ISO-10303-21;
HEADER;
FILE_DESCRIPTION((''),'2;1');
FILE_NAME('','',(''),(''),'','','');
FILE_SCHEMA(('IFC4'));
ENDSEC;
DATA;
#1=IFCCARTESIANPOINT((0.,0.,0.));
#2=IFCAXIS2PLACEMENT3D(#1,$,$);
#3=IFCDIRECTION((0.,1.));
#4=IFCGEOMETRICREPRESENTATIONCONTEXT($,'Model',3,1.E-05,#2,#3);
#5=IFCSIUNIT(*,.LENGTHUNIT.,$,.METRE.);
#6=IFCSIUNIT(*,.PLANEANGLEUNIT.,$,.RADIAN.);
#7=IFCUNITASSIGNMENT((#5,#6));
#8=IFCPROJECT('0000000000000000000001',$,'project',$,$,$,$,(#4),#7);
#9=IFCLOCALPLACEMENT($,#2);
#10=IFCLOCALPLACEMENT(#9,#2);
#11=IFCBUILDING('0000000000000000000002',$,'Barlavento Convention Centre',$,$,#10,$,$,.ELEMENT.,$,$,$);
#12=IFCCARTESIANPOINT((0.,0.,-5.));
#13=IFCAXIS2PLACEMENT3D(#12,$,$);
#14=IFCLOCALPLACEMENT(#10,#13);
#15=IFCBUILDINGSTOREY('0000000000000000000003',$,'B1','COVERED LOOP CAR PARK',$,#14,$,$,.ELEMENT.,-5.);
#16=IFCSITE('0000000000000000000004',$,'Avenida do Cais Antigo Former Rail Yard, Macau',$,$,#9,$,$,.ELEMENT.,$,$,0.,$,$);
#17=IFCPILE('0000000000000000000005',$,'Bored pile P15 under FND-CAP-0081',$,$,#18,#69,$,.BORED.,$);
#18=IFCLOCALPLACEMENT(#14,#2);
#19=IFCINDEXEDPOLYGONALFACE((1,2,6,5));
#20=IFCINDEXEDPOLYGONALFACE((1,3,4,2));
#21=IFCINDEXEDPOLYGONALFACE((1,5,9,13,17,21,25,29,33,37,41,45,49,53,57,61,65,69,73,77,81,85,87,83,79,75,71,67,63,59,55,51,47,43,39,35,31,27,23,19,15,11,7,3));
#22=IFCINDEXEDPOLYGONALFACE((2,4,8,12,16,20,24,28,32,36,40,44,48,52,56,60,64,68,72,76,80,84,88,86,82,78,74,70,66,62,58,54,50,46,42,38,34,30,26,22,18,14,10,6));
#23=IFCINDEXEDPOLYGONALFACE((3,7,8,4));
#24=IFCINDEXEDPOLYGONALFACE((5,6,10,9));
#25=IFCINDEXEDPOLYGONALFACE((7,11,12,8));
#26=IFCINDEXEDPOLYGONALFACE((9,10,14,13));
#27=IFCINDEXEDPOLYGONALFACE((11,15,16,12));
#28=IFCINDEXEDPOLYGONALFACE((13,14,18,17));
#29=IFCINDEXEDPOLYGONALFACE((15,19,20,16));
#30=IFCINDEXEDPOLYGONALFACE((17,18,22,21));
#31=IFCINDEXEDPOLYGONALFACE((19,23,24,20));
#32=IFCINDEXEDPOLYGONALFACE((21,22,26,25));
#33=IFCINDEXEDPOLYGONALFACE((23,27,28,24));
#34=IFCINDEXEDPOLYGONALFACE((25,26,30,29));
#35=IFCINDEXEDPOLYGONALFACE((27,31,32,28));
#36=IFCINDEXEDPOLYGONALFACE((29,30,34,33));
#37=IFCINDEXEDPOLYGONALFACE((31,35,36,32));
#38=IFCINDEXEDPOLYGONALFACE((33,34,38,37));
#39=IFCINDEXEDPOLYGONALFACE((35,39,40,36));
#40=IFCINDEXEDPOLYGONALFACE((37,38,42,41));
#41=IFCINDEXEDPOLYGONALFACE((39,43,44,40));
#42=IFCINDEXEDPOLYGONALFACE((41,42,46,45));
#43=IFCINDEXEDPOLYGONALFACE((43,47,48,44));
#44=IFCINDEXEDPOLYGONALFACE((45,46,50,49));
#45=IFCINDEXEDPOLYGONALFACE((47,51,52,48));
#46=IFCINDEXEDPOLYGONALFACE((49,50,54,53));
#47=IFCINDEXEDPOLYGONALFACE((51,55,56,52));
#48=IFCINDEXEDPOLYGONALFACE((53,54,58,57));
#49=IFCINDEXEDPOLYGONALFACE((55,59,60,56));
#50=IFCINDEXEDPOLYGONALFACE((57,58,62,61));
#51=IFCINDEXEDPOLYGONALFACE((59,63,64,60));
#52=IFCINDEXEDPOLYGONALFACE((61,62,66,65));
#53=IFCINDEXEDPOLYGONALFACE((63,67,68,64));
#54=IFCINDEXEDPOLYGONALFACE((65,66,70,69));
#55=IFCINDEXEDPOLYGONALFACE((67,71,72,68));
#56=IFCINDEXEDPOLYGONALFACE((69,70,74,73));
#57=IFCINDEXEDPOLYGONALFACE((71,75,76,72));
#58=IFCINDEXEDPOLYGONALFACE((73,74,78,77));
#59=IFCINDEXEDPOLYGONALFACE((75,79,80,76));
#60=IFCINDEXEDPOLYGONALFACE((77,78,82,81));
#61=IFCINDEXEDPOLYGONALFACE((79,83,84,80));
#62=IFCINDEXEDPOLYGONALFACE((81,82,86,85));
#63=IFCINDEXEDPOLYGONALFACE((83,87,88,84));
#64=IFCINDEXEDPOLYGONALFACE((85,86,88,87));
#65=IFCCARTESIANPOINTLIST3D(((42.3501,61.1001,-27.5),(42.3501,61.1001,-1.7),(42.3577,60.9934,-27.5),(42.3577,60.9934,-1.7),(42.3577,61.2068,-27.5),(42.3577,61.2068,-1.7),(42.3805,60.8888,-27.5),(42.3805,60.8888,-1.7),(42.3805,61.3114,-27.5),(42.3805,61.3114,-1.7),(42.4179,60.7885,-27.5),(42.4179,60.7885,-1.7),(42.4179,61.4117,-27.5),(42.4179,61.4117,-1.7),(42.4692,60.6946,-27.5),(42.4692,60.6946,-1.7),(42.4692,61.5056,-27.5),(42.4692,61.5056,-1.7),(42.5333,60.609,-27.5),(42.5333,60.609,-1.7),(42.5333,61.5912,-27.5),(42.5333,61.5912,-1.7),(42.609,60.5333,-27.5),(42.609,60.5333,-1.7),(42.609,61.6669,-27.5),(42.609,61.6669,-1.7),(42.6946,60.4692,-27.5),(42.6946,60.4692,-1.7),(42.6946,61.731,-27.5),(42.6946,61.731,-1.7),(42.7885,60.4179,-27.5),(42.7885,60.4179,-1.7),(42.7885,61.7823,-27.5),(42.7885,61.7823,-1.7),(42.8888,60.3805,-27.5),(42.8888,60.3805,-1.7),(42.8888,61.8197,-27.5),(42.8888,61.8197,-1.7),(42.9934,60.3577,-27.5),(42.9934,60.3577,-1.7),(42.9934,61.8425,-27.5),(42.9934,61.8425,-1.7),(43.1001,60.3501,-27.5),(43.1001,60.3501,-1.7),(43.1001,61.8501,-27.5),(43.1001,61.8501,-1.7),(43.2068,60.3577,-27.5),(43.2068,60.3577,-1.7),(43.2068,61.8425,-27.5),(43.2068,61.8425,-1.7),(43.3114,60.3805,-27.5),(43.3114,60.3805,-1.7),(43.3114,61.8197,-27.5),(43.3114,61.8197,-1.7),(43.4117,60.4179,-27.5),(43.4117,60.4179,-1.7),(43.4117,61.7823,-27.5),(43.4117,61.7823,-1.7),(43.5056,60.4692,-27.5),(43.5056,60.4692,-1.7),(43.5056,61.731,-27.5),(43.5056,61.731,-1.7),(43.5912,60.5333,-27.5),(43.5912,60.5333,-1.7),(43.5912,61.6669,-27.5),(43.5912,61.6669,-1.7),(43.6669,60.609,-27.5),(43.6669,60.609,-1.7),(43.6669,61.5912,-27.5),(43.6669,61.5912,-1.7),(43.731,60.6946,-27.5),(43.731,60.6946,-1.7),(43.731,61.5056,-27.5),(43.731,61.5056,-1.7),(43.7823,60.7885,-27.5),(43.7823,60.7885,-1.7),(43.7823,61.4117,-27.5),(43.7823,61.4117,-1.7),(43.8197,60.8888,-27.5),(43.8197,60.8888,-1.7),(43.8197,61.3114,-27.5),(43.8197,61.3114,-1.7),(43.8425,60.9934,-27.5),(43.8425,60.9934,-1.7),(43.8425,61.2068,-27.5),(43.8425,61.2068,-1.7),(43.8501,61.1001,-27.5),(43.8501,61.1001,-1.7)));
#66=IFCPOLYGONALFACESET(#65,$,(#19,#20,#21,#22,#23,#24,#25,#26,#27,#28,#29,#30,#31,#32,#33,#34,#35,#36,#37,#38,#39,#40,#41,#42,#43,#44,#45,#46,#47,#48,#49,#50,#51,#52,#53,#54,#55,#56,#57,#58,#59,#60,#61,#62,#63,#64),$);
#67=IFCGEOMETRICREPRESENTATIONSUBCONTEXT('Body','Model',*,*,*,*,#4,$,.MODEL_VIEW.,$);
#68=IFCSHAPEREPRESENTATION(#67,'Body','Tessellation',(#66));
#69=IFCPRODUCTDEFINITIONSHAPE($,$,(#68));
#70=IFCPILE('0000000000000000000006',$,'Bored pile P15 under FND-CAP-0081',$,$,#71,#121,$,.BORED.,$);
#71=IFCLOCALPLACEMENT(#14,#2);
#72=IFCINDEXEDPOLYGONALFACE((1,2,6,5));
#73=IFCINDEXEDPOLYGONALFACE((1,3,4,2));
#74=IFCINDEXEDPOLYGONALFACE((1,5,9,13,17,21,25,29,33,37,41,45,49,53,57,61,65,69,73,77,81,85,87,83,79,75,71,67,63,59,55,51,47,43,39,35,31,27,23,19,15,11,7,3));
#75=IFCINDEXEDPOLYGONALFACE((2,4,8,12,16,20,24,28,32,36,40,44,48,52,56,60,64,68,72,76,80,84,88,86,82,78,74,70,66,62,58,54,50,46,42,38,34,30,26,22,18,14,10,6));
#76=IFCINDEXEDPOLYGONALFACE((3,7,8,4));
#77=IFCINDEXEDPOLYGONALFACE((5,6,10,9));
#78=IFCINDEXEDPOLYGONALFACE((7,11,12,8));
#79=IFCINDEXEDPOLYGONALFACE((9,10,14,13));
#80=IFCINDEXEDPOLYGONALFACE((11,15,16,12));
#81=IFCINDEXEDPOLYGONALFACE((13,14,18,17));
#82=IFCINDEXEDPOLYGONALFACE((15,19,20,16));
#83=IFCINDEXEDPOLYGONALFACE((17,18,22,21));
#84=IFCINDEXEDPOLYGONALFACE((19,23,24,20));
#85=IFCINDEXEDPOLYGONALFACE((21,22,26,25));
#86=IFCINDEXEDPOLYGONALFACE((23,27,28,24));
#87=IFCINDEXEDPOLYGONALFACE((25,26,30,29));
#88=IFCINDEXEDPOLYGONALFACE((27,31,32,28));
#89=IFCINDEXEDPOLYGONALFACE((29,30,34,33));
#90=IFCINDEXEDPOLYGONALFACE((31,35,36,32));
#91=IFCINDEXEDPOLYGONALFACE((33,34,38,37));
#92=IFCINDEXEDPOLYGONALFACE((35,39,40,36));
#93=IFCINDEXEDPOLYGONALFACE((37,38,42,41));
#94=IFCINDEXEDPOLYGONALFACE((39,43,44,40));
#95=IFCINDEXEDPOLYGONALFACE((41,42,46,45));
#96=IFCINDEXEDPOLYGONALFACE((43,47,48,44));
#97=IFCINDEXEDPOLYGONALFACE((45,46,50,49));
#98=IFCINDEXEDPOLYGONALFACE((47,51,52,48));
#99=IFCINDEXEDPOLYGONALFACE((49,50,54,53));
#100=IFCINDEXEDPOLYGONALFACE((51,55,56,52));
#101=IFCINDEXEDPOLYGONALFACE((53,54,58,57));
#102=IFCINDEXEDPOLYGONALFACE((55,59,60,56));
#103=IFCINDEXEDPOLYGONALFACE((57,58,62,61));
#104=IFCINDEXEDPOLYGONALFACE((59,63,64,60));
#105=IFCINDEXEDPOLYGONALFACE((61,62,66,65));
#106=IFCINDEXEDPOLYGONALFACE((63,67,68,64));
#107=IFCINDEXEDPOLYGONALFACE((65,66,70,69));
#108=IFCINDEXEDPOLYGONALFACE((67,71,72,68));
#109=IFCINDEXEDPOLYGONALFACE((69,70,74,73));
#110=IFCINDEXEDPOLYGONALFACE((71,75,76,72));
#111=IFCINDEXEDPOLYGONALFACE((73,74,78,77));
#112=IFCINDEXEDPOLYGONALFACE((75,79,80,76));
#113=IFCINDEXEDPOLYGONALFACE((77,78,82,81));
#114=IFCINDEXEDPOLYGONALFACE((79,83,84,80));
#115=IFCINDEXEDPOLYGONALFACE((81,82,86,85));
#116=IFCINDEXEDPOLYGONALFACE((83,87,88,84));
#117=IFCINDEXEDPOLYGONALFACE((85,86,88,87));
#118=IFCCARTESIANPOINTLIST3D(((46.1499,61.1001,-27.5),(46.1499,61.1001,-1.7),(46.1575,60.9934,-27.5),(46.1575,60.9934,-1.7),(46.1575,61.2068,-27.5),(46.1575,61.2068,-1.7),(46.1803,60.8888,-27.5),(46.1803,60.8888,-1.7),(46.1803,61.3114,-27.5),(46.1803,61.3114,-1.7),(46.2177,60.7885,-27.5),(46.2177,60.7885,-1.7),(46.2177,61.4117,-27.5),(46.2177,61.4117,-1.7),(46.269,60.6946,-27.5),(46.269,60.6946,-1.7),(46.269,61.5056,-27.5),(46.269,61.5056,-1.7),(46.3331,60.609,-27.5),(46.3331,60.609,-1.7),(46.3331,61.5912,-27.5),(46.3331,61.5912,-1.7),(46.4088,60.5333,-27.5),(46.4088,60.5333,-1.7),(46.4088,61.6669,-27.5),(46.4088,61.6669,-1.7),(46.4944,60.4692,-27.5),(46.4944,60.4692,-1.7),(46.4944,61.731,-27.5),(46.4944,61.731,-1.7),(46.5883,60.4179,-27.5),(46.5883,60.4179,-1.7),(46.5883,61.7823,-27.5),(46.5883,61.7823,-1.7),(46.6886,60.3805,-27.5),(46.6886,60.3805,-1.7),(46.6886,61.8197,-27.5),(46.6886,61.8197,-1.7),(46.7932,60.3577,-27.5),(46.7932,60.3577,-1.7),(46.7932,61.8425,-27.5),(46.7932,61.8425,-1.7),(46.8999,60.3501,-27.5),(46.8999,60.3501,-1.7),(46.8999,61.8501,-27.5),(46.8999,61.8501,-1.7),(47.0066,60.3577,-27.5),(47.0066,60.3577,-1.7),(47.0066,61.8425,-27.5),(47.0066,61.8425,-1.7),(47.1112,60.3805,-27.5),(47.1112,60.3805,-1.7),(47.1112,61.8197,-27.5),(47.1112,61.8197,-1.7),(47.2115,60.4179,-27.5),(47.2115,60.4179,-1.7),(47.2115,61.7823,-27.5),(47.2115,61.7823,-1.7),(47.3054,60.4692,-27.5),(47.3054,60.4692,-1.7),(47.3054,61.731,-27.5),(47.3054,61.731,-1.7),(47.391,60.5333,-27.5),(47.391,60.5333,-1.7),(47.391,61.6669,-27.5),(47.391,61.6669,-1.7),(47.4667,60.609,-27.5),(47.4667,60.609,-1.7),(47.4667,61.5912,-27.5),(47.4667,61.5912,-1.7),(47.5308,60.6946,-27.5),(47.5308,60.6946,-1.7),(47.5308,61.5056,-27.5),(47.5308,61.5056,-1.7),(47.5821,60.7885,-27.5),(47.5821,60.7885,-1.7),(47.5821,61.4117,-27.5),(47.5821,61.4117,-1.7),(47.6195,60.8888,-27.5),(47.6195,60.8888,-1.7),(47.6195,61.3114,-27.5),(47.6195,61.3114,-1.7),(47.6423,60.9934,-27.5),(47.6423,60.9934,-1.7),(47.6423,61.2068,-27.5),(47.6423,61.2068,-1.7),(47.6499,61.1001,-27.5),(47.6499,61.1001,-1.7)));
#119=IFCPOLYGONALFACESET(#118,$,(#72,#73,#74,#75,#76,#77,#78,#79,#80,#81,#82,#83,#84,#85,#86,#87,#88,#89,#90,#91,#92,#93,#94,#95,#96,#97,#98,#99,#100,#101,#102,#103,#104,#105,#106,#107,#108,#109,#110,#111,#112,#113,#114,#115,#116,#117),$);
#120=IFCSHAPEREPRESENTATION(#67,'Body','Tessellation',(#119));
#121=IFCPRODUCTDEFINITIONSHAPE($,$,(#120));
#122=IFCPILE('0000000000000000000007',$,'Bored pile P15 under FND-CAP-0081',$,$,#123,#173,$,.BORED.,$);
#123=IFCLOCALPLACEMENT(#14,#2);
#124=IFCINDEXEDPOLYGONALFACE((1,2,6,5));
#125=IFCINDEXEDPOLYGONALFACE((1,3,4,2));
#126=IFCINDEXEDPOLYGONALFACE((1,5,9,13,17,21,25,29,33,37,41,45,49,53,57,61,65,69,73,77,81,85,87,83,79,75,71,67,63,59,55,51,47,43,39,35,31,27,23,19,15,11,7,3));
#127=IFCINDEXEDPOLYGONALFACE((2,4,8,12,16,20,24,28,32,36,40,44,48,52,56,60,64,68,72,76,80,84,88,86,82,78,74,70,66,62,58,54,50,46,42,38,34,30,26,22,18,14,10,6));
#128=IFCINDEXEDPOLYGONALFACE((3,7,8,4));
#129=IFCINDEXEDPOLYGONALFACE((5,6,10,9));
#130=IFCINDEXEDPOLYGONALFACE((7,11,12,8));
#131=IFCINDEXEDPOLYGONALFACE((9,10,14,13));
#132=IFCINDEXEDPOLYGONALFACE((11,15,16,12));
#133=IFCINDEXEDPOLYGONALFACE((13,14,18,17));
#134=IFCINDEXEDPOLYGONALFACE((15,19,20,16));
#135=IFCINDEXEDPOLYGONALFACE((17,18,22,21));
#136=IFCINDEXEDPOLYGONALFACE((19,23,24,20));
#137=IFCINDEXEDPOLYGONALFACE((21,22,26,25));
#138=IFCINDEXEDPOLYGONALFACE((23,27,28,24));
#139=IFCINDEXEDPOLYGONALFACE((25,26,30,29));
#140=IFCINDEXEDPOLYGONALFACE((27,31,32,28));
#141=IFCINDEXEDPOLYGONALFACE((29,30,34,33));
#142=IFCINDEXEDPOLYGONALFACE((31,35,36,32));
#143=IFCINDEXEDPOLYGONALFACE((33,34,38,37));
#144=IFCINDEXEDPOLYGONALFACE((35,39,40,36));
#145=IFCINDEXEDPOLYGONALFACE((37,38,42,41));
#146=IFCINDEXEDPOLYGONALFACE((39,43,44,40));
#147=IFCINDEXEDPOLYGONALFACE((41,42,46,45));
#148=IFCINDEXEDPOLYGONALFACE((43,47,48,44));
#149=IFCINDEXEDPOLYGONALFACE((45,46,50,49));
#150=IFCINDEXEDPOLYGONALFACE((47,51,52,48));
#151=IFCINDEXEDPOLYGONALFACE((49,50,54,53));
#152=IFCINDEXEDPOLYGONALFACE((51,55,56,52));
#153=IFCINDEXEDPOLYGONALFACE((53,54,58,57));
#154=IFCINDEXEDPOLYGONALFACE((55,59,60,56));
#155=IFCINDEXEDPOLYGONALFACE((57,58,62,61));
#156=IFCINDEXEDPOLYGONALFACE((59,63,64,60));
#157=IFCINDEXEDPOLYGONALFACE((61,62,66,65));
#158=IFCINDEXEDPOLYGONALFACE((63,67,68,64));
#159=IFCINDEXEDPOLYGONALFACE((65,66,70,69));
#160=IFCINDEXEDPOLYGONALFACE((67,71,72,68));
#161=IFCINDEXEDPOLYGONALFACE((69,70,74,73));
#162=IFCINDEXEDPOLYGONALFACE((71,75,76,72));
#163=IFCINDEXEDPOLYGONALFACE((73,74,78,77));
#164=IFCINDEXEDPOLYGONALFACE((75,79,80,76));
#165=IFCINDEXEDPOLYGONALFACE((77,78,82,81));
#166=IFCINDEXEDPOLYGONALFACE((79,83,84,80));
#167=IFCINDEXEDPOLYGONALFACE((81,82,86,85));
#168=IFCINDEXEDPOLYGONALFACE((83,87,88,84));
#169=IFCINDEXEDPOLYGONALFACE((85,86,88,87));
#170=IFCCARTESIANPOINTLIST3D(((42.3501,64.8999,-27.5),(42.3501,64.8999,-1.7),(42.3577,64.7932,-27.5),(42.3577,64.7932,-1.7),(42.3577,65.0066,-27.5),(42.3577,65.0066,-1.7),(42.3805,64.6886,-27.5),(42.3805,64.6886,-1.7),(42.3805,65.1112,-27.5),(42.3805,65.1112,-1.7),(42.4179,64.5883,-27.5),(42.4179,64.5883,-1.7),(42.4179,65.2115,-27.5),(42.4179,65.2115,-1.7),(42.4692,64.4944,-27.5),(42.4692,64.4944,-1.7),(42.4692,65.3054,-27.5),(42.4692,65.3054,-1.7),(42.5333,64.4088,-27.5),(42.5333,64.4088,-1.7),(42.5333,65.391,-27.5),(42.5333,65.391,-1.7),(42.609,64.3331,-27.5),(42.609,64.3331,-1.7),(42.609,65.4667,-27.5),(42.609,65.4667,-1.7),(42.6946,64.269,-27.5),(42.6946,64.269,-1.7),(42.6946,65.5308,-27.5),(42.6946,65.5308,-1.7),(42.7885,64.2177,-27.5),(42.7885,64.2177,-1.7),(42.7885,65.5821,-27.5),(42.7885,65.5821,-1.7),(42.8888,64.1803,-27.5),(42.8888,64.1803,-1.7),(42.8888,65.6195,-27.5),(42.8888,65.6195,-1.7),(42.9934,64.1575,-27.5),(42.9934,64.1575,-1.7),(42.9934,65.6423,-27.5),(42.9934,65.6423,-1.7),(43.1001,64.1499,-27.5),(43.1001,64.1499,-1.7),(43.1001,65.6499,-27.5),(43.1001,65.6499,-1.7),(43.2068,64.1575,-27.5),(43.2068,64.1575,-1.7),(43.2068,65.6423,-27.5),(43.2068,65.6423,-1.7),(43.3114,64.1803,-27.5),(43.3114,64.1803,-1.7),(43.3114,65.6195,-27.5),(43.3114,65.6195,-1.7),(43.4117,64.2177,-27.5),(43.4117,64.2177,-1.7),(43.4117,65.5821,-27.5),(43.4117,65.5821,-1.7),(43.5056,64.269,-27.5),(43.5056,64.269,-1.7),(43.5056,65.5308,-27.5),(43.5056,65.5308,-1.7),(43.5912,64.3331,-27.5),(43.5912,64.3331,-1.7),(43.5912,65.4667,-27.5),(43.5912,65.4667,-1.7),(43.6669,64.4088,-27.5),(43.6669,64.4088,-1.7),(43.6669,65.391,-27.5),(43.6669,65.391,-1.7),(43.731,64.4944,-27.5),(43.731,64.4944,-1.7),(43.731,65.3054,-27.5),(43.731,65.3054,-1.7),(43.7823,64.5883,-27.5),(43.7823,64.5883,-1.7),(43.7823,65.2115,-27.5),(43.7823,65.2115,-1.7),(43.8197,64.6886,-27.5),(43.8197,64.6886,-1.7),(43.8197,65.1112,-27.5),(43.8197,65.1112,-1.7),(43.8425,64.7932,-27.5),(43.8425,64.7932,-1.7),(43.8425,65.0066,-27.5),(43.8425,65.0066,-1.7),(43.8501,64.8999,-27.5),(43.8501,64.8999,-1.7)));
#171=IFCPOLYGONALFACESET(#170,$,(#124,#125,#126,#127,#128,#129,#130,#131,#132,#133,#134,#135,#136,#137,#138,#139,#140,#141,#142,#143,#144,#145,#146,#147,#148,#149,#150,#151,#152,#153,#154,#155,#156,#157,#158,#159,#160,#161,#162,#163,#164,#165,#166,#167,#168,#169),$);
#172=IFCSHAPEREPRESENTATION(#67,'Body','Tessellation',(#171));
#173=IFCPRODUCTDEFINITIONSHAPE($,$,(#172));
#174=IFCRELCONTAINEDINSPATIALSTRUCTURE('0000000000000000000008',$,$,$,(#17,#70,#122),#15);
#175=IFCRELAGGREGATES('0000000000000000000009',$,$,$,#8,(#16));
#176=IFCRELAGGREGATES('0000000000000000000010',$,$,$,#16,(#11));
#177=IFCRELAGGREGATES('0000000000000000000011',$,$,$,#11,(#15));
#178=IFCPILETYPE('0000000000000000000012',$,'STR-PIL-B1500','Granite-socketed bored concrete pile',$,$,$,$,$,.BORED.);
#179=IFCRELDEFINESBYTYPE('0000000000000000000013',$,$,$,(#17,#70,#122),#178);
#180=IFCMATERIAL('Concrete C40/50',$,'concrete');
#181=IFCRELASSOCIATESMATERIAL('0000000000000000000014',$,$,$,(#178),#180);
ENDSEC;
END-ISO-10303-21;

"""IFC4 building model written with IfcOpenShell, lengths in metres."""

from ifc_helpers import new_model, si_unit, direction, frame, origin, origin_2d, place, context, subcontext, project, spatial, circle, extrude, material, material_profile, profile_set, type_object, element, save


model = new_model("IFC4")

# Units and contexts
model_context = context("Model", 3, precision=1e-05, world=origin(), true_north=direction((0.0, 1.0)))
body_context = subcontext(model_context, "Body", "Model", "MODEL_VIEW")
ifc_project = project(units=[si_unit("LENGTHUNIT", "METRE"), si_unit("PLANEANGLEUNIT", "RADIAN")], contexts=[model_context])

# Site, building, storey
site_placement = place(None, origin())
site = spatial("IfcSite", under=ifc_project, at=site_placement, Name="Avenida do Cais Antigo Former Rail Yard, Macau", CompositionType="ELEMENT", RefElevation=0.0)
building_placement = place(site_placement, origin())
building = spatial("IfcBuilding", under=site, at=building_placement, Name="Barlavento Convention Centre", CompositionType="ELEMENT")
storey_placement = place(building_placement, frame((0.0, 0.0, -5.0)))
storey = spatial("IfcBuildingStorey", under=building, at=storey_placement, Name="B1", Description="COVERED LOOP CAR PARK", CompositionType="ELEMENT", Elevation=-5.0)

# Shared definitions
ifc_material_1 = material(Name="Concrete C40/50", Category="concrete")

# Piles
ifc_material_profile_1 = material_profile(ifc_material_1, circle(Radius=0.75, at=origin_2d()), Name="BORED PILE 1500")
ifc_profile_set_1 = profile_set([ifc_material_profile_1], Name="Concrete C40/50")
pile_type_1 = type_object("IfcPileType", Name="STR-PIL-B1500", Description="Granite-socketed bored concrete pile", PredefinedType="BORED", material=ifc_profile_set_1)
for number, where, z_axis, x_axis, name in (
    (1, (43.1001, 61.1001, -1.7), (0.0, 0.0, -1.0), (1.0, 0.0, 0.0), "Bored pile P15 under FND-CAP-0081"),
    (2, (46.8999, 61.1001, -1.7), (0.0, 0.0, -1.0), (1.0, 0.0, 0.0), "Bored pile P15 under FND-CAP-0081"),
    (3, (43.1001, 64.8999, -1.7), (0.0, 0.0, -1.0), (1.0, 0.0, 0.0), "Bored pile P15 under FND-CAP-0081"),
):
    element("IfcPile", number, at=place(storey_placement, frame(where, z_axis=z_axis, x_axis=x_axis)), inside=storey, type_object=pile_type_1, Name=name, PredefinedType="BORED", context=body_context, shape_type="SweptSolid", body=[
        extrude(circle(Radius=0.75, at=origin_2d()), origin(), (0.0, 0.0, 1.0), 25.8),
    ])

save(model, "model.ifc")
